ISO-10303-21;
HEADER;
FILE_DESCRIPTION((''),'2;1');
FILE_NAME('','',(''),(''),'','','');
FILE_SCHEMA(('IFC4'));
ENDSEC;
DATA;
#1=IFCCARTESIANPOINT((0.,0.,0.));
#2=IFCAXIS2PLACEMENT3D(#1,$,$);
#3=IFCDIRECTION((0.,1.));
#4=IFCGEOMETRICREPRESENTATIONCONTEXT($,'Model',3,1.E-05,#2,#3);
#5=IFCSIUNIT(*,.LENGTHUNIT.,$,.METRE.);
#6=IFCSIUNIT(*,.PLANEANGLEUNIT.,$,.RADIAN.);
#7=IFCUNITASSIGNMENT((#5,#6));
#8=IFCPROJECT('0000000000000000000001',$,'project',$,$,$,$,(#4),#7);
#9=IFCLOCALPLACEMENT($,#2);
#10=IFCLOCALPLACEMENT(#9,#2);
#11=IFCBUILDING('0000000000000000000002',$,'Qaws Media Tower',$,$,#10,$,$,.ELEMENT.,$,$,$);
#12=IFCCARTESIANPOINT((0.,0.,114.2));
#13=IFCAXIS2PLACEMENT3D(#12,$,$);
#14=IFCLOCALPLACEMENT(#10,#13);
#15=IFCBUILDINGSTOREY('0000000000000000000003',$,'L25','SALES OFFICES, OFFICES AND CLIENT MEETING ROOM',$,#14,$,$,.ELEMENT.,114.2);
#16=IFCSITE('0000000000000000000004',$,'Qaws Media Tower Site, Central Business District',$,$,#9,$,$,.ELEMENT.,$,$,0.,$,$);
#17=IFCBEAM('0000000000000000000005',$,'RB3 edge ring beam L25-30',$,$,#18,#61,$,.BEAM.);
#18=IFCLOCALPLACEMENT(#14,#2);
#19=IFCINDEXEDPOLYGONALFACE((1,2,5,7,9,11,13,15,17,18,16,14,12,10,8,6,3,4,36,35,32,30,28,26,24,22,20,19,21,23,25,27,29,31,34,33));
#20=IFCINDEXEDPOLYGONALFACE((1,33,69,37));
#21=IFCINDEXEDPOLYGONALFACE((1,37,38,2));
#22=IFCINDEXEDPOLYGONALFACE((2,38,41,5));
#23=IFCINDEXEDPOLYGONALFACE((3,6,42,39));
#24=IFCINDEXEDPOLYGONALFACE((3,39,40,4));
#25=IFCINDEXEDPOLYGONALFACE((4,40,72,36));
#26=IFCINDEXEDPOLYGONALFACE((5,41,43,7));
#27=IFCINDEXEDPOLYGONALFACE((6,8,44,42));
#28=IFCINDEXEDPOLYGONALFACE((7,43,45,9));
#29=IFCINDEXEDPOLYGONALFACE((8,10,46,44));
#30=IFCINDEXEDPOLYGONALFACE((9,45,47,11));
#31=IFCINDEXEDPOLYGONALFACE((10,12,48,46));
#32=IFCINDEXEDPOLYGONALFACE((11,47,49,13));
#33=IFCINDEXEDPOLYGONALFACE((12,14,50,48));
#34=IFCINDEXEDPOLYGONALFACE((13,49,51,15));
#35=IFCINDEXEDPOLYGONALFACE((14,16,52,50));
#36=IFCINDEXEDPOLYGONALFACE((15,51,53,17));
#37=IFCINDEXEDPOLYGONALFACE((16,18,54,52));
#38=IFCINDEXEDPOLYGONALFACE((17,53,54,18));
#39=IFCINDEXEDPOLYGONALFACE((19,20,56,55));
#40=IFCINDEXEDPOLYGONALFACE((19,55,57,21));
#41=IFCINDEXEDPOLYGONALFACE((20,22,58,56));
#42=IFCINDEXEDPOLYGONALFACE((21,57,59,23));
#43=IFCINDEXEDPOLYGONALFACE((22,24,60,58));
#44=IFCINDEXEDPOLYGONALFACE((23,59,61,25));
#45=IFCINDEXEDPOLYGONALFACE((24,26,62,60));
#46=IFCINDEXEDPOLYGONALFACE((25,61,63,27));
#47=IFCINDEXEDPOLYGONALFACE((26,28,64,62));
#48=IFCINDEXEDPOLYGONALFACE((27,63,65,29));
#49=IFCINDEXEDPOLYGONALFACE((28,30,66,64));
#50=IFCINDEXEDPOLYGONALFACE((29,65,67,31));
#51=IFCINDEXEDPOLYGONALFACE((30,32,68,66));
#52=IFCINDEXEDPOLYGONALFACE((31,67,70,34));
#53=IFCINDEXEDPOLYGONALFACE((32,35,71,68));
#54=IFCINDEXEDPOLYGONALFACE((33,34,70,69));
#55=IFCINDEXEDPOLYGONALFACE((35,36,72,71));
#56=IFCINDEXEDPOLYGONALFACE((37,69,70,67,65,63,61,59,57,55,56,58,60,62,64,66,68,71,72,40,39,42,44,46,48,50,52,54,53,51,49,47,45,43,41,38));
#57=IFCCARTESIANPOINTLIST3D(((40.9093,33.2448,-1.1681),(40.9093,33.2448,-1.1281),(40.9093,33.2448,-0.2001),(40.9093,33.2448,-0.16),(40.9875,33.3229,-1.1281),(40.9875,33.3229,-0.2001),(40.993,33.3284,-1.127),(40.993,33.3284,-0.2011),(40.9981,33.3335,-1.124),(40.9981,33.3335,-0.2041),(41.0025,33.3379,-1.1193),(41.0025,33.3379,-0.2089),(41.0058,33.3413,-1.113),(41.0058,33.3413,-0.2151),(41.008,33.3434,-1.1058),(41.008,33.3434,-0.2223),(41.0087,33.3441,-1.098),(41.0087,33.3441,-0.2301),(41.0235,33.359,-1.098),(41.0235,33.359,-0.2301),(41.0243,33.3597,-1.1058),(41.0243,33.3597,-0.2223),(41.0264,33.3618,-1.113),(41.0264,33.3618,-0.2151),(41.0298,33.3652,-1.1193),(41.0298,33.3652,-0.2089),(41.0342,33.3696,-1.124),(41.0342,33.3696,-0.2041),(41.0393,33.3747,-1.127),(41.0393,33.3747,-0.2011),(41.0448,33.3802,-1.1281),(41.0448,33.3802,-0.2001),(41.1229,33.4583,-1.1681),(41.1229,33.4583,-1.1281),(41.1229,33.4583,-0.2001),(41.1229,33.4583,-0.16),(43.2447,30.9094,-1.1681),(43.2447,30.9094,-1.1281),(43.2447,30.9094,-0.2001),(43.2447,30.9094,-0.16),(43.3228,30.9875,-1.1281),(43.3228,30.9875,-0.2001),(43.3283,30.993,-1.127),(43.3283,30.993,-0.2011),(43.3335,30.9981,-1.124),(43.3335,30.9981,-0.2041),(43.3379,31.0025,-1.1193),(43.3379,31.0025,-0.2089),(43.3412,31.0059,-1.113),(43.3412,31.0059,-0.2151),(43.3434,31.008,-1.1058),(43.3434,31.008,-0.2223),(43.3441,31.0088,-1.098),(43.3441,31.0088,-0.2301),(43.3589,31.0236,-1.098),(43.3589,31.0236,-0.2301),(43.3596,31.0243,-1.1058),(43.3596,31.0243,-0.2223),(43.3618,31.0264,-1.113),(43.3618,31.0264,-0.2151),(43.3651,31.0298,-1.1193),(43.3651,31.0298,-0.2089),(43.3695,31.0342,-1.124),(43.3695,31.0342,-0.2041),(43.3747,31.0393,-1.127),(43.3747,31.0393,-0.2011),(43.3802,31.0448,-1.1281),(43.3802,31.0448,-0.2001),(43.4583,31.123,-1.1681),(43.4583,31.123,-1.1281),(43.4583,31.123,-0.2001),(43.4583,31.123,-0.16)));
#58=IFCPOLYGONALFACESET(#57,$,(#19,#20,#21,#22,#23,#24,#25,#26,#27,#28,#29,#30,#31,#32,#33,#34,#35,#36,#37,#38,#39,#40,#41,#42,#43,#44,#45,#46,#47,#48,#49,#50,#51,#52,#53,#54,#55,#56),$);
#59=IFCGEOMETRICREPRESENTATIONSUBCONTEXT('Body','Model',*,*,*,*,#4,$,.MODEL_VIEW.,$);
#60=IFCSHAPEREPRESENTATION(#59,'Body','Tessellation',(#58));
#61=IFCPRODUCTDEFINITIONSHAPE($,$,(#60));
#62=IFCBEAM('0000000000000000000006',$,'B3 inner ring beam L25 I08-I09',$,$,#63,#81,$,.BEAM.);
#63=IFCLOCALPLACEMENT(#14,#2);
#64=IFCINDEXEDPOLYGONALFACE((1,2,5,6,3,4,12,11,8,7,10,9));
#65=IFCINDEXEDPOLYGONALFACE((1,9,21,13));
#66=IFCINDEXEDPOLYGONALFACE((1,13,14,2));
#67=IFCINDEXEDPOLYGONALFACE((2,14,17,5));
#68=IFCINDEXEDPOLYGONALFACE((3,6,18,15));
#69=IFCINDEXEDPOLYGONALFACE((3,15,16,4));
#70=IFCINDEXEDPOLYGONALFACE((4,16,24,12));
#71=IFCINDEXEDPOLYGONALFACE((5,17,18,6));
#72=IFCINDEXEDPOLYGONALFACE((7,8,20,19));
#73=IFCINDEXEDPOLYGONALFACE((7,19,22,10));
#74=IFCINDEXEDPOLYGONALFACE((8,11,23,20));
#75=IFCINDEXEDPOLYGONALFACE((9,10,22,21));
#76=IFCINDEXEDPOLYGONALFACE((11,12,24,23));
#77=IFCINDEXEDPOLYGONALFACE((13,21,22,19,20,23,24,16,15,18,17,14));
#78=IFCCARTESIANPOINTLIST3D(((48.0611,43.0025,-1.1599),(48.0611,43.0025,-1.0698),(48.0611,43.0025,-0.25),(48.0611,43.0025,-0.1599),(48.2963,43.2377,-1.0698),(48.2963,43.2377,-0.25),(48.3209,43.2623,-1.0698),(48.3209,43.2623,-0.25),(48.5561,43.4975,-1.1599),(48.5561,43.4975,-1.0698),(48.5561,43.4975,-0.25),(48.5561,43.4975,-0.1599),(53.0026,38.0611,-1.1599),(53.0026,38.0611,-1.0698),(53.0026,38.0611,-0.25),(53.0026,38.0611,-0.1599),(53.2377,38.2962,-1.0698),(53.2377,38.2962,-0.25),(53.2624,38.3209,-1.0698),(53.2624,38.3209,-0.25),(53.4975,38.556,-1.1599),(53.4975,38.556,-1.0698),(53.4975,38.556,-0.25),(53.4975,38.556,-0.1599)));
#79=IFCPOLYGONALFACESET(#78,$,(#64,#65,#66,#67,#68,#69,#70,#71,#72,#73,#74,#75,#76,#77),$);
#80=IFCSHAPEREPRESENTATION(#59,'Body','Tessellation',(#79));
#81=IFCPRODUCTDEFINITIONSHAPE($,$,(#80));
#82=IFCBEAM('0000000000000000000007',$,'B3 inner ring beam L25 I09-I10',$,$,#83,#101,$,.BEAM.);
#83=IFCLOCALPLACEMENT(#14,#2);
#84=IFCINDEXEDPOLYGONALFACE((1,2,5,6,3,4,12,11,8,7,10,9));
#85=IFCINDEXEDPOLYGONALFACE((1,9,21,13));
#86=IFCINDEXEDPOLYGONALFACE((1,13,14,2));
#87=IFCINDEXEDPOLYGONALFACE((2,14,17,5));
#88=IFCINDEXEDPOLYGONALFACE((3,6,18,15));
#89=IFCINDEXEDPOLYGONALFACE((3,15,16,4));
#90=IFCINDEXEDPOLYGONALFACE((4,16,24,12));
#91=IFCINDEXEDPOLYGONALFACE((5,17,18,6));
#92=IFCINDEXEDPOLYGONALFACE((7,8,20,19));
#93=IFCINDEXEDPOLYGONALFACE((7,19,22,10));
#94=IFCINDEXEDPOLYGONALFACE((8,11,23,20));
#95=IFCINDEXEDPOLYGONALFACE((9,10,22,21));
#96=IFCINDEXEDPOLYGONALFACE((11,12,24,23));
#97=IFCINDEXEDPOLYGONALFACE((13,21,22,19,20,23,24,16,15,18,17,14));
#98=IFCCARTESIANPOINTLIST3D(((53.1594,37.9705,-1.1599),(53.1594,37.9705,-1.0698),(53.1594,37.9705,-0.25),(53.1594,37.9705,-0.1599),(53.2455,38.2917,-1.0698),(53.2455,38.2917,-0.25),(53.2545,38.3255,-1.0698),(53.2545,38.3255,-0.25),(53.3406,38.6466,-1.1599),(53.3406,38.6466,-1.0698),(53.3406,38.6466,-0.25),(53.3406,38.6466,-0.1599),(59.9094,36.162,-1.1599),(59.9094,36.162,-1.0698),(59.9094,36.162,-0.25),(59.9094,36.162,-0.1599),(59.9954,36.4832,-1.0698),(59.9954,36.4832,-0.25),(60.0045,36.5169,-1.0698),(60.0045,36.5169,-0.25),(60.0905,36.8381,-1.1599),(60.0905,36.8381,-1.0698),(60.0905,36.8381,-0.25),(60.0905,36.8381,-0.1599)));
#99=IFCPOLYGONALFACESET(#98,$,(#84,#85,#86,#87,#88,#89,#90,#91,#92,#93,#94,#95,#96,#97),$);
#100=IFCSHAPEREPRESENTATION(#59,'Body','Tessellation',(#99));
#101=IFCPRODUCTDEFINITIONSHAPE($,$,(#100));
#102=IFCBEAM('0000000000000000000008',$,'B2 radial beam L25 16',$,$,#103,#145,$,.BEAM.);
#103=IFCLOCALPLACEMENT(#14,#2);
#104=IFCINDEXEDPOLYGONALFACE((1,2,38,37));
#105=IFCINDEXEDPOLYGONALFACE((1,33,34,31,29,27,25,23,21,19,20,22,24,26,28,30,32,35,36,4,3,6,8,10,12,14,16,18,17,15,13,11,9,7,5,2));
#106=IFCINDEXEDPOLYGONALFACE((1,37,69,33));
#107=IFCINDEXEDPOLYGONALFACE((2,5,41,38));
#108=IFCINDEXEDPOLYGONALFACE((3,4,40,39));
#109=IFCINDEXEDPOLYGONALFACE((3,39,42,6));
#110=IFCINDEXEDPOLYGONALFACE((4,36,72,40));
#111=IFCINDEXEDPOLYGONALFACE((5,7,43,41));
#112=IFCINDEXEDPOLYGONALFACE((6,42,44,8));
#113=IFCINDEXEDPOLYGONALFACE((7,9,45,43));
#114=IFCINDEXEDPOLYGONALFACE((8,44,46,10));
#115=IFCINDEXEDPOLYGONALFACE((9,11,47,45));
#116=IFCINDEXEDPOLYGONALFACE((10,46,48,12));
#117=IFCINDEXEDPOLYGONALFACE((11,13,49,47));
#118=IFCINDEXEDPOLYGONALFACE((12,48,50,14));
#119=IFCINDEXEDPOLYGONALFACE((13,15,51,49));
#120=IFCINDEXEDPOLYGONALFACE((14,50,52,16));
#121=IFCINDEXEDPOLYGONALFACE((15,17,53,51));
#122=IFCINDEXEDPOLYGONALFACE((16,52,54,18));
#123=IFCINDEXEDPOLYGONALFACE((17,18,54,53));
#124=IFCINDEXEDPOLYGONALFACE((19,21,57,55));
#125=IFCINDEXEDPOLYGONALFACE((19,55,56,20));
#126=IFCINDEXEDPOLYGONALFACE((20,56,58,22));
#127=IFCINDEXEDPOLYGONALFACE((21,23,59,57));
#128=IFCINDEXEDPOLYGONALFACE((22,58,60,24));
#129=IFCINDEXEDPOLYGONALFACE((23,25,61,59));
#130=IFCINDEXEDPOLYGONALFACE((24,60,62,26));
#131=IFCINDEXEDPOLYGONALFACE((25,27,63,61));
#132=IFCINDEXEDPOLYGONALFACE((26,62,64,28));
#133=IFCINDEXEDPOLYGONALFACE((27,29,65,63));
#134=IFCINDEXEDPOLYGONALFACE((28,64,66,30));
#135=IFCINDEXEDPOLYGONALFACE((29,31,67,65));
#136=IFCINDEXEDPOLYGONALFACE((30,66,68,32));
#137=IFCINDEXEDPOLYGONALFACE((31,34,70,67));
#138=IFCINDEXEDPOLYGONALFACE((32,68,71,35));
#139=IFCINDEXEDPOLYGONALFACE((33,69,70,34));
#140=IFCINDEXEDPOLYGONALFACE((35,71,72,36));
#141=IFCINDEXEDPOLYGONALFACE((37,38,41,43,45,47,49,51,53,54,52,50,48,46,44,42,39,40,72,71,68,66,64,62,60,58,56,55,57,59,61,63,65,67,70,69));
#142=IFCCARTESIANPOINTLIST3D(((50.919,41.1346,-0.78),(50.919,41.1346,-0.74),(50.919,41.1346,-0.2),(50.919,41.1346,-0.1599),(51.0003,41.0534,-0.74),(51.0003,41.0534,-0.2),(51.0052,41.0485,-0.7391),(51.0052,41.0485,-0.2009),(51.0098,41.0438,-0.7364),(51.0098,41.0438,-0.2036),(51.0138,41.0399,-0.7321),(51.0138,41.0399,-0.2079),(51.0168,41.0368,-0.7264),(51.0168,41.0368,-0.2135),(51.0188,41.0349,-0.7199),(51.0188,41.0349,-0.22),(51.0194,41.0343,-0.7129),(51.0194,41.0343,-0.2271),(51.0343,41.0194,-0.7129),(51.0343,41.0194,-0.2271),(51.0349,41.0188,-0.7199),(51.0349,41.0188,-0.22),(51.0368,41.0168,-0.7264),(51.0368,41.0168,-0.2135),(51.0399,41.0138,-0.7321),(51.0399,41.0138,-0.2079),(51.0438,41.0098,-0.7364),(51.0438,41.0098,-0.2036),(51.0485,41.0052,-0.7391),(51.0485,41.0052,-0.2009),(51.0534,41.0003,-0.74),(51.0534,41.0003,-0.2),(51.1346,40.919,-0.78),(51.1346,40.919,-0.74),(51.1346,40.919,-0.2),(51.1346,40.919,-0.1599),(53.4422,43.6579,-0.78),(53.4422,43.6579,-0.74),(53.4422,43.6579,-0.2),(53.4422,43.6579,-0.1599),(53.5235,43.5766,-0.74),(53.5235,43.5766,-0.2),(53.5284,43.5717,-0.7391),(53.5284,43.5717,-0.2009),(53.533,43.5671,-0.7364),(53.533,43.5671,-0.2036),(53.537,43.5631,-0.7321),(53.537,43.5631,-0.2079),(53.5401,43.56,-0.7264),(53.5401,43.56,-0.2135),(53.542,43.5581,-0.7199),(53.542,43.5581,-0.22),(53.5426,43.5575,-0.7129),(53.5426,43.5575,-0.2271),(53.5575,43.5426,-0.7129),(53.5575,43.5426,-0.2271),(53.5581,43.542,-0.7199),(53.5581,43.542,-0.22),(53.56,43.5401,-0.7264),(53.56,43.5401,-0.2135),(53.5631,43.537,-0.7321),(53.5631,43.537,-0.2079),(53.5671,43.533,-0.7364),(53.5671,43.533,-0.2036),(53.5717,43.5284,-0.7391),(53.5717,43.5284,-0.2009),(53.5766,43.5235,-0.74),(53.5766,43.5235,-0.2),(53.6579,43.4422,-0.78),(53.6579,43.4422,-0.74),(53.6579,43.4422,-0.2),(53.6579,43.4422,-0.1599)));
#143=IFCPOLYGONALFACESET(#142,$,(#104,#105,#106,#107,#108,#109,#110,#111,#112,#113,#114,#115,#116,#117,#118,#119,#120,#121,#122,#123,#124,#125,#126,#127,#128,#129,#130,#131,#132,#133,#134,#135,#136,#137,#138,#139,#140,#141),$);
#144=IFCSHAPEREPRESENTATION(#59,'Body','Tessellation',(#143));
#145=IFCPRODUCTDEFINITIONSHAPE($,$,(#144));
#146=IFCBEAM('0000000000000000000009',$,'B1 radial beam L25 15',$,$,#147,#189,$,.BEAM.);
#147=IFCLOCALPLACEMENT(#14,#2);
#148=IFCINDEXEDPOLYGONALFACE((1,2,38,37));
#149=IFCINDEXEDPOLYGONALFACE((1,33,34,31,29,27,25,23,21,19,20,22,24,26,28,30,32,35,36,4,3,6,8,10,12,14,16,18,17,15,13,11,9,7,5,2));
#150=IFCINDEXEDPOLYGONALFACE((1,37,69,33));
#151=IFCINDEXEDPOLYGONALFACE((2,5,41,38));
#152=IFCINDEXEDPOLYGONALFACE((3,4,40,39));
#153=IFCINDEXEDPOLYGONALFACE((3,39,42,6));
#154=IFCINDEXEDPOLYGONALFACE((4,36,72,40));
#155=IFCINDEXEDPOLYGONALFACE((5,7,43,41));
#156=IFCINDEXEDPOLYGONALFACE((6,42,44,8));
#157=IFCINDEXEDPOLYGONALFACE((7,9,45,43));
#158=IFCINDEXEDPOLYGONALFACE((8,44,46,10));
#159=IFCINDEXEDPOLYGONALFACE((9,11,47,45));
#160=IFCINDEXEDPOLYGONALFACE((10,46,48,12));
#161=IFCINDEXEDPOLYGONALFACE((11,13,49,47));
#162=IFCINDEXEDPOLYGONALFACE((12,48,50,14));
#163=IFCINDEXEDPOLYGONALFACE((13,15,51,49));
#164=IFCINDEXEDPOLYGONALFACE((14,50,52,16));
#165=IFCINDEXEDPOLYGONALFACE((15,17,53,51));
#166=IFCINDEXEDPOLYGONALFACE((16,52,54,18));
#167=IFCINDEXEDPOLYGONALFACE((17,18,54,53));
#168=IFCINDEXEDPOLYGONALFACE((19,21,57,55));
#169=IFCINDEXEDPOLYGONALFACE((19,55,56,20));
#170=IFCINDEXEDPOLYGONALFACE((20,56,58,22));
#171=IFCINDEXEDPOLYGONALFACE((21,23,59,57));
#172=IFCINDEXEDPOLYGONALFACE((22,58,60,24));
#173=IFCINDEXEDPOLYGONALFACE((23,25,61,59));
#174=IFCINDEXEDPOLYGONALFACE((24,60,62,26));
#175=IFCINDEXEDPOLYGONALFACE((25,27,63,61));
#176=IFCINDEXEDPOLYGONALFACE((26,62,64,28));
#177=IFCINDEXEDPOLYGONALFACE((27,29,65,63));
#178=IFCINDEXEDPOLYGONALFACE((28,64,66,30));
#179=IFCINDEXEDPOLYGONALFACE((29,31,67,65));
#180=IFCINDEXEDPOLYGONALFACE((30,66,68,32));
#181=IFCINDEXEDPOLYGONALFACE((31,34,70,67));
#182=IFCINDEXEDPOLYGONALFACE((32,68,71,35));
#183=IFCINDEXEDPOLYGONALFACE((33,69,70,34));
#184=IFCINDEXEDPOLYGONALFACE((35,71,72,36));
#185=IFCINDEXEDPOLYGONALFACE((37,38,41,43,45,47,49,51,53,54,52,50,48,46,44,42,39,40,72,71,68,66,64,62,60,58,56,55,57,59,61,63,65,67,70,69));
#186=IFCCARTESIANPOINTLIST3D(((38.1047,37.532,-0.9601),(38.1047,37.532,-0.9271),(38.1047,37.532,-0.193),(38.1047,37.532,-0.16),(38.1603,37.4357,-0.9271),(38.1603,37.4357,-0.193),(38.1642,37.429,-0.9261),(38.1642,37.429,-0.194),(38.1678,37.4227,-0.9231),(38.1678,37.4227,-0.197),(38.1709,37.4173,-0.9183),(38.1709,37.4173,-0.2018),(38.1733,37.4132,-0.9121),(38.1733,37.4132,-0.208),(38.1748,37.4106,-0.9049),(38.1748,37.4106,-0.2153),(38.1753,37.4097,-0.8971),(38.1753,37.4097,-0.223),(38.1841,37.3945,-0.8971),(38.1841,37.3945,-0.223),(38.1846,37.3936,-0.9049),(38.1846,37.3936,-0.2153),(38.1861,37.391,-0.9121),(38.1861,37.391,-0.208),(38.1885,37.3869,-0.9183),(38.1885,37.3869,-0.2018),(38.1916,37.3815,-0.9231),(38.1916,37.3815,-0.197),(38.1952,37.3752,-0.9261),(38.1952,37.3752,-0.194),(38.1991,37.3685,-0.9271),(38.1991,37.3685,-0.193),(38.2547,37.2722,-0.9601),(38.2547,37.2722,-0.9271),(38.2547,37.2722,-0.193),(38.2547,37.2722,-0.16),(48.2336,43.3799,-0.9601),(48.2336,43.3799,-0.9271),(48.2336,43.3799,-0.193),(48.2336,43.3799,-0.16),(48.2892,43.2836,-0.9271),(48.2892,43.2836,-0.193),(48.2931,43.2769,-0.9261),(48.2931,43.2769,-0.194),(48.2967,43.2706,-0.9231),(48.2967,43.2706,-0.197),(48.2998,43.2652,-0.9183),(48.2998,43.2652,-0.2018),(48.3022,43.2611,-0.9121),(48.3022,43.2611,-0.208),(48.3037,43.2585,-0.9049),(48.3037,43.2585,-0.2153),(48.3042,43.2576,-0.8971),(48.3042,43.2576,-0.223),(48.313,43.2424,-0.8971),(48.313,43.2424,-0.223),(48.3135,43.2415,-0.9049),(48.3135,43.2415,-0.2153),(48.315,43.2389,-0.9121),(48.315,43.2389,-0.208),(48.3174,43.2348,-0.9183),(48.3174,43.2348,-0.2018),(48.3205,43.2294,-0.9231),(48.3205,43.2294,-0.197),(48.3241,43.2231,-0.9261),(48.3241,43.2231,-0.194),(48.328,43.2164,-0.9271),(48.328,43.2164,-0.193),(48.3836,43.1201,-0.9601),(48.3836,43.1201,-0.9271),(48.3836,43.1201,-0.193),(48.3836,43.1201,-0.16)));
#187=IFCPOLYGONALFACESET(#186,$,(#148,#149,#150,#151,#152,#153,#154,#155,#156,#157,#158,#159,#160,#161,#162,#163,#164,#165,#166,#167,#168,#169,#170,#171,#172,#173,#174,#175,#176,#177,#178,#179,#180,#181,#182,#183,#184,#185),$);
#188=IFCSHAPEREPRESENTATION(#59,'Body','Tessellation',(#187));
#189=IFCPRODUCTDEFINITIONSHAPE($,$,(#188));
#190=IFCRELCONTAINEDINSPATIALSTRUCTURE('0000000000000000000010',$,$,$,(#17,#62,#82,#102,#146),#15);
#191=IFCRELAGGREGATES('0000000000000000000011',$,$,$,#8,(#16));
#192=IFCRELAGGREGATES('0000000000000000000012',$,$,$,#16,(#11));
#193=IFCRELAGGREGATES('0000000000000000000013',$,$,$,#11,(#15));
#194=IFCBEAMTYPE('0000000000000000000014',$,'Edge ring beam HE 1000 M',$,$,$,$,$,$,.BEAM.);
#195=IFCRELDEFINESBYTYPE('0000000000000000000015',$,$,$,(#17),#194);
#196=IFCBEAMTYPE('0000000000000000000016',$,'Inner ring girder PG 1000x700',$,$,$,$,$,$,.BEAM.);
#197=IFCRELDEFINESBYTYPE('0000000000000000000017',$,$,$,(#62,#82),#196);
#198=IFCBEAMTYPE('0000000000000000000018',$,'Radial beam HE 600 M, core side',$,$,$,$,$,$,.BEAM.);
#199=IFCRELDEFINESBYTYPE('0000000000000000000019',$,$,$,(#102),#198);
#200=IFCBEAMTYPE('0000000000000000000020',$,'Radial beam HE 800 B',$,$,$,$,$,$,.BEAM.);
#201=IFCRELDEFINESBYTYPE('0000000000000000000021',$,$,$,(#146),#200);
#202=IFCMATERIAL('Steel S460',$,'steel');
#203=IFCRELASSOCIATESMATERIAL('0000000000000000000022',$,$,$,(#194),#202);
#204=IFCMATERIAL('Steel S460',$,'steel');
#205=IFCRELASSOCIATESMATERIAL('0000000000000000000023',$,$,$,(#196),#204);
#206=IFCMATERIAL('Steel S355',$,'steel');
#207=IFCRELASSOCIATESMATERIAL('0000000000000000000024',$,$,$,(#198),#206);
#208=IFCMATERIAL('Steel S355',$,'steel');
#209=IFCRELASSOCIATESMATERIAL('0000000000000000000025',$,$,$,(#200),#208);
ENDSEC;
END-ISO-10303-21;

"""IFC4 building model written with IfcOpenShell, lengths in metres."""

from ifc_helpers import new_model, si_unit, direction, frame, origin, origin_2d, place, context, subcontext, project, spatial, i_section, extrude, material, material_profile, profile_set, type_object, element, save


model = new_model("IFC4")

# Units and contexts
model_context = context("Model", 3, precision=1e-05, world=origin(), true_north=direction((0.0, 1.0)))
body_context = subcontext(model_context, "Body", "Model", "MODEL_VIEW")
ifc_project = project(units=[si_unit("LENGTHUNIT", "METRE"), si_unit("PLANEANGLEUNIT", "RADIAN")], contexts=[model_context])

# Site, building, storey
site_placement = place(None, origin())
site = spatial("IfcSite", under=ifc_project, at=site_placement, Name="Qaws Media Tower Site, Central Business District", CompositionType="ELEMENT", RefElevation=0.0)
building_placement = place(site_placement, origin())
building = spatial("IfcBuilding", under=site, at=building_placement, Name="Qaws Media Tower", CompositionType="ELEMENT")
storey_placement = place(building_placement, frame((0.0, 0.0, 114.2)))
storey = spatial("IfcBuildingStorey", under=building, at=storey_placement, Name="L25", Description="SALES OFFICES, OFFICES AND CLIENT MEETING ROOM", CompositionType="ELEMENT", Elevation=114.2)

# Beams
ifc_material_1 = material(Name="Steel S460", Category="steel")
ifc_material_profile_1 = material_profile(ifc_material_1, i_section(OverallWidth=0.302, OverallDepth=1.0081, WebThickness=0.021, FlangeThickness=0.04, FilletRadius=0.03, at=origin_2d()), Name="HE 1000 M")
ifc_profile_set_1 = profile_set([ifc_material_profile_1], Name="Steel S460")
beam_type_1 = type_object("IfcBeamType", Name="Edge ring beam HE 1000 M", PredefinedType="BEAM", material=ifc_profile_set_1)
beam_1_placement = place(storey_placement, frame((41.0161, 33.3516, -0.6641), z_axis=(0.707107, -0.707107, 0.0), x_axis=(0.707107, 0.707107, 0.0)))
element("IfcBeam", 1, at=beam_1_placement, inside=storey, type_object=beam_type_1, Name="RB3 edge ring beam L25-30", PredefinedType="BEAM", context=body_context, shape_type="SweptSolid", body=[
    extrude(i_section(OverallWidth=0.302, OverallDepth=1.0081, WebThickness=0.021, FlangeThickness=0.04, FilletRadius=0.03, at=origin_2d()), origin(), (0.0, 0.0, 1.0), 3.3027),
])
ifc_material_2 = material(Name="Steel S460", Category="steel")
ifc_material_profile_2 = material_profile(ifc_material_2, i_section(OverallWidth=0.7, OverallDepth=1.0, WebThickness=0.0349, FlangeThickness=0.0901, at=origin_2d()), Name="PG 1000x700")
ifc_profile_set_2 = profile_set([ifc_material_profile_2], Name="Steel S460")
beam_type_2 = type_object("IfcBeamType", Name="Inner ring girder PG 1000x700", PredefinedType="BEAM", material=ifc_profile_set_2)
beam_2_placement = place(storey_placement, frame((48.3086, 43.25, -0.6599), z_axis=(0.707107, -0.707107, 0.0), x_axis=(0.707107, 0.707107, 0.0)))
element("IfcBeam", 2, at=beam_2_placement, inside=storey, type_object=beam_type_2, Name="B3 inner ring beam L25 I08-I09", PredefinedType="BEAM", context=body_context, shape_type="SweptSolid", body=[
    extrude(i_section(OverallWidth=0.7, OverallDepth=1.0, WebThickness=0.0349, FlangeThickness=0.0901, at=origin_2d()), origin(), (0.0, 0.0, 1.0), 6.9883),
])
beam_3_placement = place(storey_placement, frame((53.25, 38.3086, -0.6599), z_axis=(0.965928, -0.258811, 0.0), x_axis=(0.258811, 0.965928, 0.0)))
element("IfcBeam", 3, at=beam_3_placement, inside=storey, type_object=beam_type_2, Name="B3 inner ring beam L25 I09-I10", PredefinedType="BEAM", context=body_context, shape_type="SweptSolid", body=[
    extrude(i_section(OverallWidth=0.7, OverallDepth=1.0, WebThickness=0.0349, FlangeThickness=0.0901, at=origin_2d()), origin(), (0.0, 0.0, 1.0), 6.988),
])
ifc_material_3 = material(Name="Steel S355", Category="steel")
ifc_material_profile_3 = material_profile(ifc_material_3, i_section(OverallWidth=0.3049, OverallDepth=0.6201, WebThickness=0.021, FlangeThickness=0.04, FilletRadius=0.0271, at=origin_2d()), Name="HE 600 M")
ifc_profile_set_3 = profile_set([ifc_material_profile_3], Name="Steel S355")
beam_type_3 = type_object("IfcBeamType", Name="Radial beam HE 600 M, core side", PredefinedType="BEAM", material=ifc_profile_set_3)
beam_4_placement = place(storey_placement, frame((53.55, 43.55, -0.47), z_axis=(-0.707107, -0.707107, 0.0), x_axis=(0.707107, -0.707107, 0.0)))
element("IfcBeam", 4, at=beam_4_placement, inside=storey, type_object=beam_type_3, Name="B2 radial beam L25 16", PredefinedType="BEAM", context=body_context, shape_type="SweptSolid", body=[
    extrude(i_section(OverallWidth=0.3049, OverallDepth=0.6201, WebThickness=0.021, FlangeThickness=0.04, FilletRadius=0.0271, at=origin_2d()), origin(), (0.0, 0.0, 1.0), 3.5684),
])
ifc_material_4 = material(Name="Steel S355", Category="steel")
ifc_material_profile_4 = material_profile(ifc_material_4, i_section(OverallWidth=0.3, OverallDepth=0.8, WebThickness=0.0176, FlangeThickness=0.033, FilletRadius=0.03, at=origin_2d()), Name="HE 800 B")
ifc_profile_set_4 = profile_set([ifc_material_profile_4], Name="Steel S355")
beam_type_4 = type_object("IfcBeamType", Name="Radial beam HE 800 B", PredefinedType="BEAM", material=ifc_profile_set_4)
beam_5_placement = place(storey_placement, frame((48.3086, 43.25, -0.5601), z_axis=(-0.866026, -0.499998, 0.0), x_axis=(0.499998, -0.866026, 0.0)))
element("IfcBeam", 5, at=beam_5_placement, inside=storey, type_object=beam_type_4, Name="B1 radial beam L25 15", PredefinedType="BEAM", context=body_context, shape_type="SweptSolid", body=[
    extrude(i_section(OverallWidth=0.3, OverallDepth=0.8, WebThickness=0.0176, FlangeThickness=0.033, FilletRadius=0.03, at=origin_2d()), origin(), (0.0, 0.0, 1.0), 11.6958),
])

save(model, "model.ifc")
